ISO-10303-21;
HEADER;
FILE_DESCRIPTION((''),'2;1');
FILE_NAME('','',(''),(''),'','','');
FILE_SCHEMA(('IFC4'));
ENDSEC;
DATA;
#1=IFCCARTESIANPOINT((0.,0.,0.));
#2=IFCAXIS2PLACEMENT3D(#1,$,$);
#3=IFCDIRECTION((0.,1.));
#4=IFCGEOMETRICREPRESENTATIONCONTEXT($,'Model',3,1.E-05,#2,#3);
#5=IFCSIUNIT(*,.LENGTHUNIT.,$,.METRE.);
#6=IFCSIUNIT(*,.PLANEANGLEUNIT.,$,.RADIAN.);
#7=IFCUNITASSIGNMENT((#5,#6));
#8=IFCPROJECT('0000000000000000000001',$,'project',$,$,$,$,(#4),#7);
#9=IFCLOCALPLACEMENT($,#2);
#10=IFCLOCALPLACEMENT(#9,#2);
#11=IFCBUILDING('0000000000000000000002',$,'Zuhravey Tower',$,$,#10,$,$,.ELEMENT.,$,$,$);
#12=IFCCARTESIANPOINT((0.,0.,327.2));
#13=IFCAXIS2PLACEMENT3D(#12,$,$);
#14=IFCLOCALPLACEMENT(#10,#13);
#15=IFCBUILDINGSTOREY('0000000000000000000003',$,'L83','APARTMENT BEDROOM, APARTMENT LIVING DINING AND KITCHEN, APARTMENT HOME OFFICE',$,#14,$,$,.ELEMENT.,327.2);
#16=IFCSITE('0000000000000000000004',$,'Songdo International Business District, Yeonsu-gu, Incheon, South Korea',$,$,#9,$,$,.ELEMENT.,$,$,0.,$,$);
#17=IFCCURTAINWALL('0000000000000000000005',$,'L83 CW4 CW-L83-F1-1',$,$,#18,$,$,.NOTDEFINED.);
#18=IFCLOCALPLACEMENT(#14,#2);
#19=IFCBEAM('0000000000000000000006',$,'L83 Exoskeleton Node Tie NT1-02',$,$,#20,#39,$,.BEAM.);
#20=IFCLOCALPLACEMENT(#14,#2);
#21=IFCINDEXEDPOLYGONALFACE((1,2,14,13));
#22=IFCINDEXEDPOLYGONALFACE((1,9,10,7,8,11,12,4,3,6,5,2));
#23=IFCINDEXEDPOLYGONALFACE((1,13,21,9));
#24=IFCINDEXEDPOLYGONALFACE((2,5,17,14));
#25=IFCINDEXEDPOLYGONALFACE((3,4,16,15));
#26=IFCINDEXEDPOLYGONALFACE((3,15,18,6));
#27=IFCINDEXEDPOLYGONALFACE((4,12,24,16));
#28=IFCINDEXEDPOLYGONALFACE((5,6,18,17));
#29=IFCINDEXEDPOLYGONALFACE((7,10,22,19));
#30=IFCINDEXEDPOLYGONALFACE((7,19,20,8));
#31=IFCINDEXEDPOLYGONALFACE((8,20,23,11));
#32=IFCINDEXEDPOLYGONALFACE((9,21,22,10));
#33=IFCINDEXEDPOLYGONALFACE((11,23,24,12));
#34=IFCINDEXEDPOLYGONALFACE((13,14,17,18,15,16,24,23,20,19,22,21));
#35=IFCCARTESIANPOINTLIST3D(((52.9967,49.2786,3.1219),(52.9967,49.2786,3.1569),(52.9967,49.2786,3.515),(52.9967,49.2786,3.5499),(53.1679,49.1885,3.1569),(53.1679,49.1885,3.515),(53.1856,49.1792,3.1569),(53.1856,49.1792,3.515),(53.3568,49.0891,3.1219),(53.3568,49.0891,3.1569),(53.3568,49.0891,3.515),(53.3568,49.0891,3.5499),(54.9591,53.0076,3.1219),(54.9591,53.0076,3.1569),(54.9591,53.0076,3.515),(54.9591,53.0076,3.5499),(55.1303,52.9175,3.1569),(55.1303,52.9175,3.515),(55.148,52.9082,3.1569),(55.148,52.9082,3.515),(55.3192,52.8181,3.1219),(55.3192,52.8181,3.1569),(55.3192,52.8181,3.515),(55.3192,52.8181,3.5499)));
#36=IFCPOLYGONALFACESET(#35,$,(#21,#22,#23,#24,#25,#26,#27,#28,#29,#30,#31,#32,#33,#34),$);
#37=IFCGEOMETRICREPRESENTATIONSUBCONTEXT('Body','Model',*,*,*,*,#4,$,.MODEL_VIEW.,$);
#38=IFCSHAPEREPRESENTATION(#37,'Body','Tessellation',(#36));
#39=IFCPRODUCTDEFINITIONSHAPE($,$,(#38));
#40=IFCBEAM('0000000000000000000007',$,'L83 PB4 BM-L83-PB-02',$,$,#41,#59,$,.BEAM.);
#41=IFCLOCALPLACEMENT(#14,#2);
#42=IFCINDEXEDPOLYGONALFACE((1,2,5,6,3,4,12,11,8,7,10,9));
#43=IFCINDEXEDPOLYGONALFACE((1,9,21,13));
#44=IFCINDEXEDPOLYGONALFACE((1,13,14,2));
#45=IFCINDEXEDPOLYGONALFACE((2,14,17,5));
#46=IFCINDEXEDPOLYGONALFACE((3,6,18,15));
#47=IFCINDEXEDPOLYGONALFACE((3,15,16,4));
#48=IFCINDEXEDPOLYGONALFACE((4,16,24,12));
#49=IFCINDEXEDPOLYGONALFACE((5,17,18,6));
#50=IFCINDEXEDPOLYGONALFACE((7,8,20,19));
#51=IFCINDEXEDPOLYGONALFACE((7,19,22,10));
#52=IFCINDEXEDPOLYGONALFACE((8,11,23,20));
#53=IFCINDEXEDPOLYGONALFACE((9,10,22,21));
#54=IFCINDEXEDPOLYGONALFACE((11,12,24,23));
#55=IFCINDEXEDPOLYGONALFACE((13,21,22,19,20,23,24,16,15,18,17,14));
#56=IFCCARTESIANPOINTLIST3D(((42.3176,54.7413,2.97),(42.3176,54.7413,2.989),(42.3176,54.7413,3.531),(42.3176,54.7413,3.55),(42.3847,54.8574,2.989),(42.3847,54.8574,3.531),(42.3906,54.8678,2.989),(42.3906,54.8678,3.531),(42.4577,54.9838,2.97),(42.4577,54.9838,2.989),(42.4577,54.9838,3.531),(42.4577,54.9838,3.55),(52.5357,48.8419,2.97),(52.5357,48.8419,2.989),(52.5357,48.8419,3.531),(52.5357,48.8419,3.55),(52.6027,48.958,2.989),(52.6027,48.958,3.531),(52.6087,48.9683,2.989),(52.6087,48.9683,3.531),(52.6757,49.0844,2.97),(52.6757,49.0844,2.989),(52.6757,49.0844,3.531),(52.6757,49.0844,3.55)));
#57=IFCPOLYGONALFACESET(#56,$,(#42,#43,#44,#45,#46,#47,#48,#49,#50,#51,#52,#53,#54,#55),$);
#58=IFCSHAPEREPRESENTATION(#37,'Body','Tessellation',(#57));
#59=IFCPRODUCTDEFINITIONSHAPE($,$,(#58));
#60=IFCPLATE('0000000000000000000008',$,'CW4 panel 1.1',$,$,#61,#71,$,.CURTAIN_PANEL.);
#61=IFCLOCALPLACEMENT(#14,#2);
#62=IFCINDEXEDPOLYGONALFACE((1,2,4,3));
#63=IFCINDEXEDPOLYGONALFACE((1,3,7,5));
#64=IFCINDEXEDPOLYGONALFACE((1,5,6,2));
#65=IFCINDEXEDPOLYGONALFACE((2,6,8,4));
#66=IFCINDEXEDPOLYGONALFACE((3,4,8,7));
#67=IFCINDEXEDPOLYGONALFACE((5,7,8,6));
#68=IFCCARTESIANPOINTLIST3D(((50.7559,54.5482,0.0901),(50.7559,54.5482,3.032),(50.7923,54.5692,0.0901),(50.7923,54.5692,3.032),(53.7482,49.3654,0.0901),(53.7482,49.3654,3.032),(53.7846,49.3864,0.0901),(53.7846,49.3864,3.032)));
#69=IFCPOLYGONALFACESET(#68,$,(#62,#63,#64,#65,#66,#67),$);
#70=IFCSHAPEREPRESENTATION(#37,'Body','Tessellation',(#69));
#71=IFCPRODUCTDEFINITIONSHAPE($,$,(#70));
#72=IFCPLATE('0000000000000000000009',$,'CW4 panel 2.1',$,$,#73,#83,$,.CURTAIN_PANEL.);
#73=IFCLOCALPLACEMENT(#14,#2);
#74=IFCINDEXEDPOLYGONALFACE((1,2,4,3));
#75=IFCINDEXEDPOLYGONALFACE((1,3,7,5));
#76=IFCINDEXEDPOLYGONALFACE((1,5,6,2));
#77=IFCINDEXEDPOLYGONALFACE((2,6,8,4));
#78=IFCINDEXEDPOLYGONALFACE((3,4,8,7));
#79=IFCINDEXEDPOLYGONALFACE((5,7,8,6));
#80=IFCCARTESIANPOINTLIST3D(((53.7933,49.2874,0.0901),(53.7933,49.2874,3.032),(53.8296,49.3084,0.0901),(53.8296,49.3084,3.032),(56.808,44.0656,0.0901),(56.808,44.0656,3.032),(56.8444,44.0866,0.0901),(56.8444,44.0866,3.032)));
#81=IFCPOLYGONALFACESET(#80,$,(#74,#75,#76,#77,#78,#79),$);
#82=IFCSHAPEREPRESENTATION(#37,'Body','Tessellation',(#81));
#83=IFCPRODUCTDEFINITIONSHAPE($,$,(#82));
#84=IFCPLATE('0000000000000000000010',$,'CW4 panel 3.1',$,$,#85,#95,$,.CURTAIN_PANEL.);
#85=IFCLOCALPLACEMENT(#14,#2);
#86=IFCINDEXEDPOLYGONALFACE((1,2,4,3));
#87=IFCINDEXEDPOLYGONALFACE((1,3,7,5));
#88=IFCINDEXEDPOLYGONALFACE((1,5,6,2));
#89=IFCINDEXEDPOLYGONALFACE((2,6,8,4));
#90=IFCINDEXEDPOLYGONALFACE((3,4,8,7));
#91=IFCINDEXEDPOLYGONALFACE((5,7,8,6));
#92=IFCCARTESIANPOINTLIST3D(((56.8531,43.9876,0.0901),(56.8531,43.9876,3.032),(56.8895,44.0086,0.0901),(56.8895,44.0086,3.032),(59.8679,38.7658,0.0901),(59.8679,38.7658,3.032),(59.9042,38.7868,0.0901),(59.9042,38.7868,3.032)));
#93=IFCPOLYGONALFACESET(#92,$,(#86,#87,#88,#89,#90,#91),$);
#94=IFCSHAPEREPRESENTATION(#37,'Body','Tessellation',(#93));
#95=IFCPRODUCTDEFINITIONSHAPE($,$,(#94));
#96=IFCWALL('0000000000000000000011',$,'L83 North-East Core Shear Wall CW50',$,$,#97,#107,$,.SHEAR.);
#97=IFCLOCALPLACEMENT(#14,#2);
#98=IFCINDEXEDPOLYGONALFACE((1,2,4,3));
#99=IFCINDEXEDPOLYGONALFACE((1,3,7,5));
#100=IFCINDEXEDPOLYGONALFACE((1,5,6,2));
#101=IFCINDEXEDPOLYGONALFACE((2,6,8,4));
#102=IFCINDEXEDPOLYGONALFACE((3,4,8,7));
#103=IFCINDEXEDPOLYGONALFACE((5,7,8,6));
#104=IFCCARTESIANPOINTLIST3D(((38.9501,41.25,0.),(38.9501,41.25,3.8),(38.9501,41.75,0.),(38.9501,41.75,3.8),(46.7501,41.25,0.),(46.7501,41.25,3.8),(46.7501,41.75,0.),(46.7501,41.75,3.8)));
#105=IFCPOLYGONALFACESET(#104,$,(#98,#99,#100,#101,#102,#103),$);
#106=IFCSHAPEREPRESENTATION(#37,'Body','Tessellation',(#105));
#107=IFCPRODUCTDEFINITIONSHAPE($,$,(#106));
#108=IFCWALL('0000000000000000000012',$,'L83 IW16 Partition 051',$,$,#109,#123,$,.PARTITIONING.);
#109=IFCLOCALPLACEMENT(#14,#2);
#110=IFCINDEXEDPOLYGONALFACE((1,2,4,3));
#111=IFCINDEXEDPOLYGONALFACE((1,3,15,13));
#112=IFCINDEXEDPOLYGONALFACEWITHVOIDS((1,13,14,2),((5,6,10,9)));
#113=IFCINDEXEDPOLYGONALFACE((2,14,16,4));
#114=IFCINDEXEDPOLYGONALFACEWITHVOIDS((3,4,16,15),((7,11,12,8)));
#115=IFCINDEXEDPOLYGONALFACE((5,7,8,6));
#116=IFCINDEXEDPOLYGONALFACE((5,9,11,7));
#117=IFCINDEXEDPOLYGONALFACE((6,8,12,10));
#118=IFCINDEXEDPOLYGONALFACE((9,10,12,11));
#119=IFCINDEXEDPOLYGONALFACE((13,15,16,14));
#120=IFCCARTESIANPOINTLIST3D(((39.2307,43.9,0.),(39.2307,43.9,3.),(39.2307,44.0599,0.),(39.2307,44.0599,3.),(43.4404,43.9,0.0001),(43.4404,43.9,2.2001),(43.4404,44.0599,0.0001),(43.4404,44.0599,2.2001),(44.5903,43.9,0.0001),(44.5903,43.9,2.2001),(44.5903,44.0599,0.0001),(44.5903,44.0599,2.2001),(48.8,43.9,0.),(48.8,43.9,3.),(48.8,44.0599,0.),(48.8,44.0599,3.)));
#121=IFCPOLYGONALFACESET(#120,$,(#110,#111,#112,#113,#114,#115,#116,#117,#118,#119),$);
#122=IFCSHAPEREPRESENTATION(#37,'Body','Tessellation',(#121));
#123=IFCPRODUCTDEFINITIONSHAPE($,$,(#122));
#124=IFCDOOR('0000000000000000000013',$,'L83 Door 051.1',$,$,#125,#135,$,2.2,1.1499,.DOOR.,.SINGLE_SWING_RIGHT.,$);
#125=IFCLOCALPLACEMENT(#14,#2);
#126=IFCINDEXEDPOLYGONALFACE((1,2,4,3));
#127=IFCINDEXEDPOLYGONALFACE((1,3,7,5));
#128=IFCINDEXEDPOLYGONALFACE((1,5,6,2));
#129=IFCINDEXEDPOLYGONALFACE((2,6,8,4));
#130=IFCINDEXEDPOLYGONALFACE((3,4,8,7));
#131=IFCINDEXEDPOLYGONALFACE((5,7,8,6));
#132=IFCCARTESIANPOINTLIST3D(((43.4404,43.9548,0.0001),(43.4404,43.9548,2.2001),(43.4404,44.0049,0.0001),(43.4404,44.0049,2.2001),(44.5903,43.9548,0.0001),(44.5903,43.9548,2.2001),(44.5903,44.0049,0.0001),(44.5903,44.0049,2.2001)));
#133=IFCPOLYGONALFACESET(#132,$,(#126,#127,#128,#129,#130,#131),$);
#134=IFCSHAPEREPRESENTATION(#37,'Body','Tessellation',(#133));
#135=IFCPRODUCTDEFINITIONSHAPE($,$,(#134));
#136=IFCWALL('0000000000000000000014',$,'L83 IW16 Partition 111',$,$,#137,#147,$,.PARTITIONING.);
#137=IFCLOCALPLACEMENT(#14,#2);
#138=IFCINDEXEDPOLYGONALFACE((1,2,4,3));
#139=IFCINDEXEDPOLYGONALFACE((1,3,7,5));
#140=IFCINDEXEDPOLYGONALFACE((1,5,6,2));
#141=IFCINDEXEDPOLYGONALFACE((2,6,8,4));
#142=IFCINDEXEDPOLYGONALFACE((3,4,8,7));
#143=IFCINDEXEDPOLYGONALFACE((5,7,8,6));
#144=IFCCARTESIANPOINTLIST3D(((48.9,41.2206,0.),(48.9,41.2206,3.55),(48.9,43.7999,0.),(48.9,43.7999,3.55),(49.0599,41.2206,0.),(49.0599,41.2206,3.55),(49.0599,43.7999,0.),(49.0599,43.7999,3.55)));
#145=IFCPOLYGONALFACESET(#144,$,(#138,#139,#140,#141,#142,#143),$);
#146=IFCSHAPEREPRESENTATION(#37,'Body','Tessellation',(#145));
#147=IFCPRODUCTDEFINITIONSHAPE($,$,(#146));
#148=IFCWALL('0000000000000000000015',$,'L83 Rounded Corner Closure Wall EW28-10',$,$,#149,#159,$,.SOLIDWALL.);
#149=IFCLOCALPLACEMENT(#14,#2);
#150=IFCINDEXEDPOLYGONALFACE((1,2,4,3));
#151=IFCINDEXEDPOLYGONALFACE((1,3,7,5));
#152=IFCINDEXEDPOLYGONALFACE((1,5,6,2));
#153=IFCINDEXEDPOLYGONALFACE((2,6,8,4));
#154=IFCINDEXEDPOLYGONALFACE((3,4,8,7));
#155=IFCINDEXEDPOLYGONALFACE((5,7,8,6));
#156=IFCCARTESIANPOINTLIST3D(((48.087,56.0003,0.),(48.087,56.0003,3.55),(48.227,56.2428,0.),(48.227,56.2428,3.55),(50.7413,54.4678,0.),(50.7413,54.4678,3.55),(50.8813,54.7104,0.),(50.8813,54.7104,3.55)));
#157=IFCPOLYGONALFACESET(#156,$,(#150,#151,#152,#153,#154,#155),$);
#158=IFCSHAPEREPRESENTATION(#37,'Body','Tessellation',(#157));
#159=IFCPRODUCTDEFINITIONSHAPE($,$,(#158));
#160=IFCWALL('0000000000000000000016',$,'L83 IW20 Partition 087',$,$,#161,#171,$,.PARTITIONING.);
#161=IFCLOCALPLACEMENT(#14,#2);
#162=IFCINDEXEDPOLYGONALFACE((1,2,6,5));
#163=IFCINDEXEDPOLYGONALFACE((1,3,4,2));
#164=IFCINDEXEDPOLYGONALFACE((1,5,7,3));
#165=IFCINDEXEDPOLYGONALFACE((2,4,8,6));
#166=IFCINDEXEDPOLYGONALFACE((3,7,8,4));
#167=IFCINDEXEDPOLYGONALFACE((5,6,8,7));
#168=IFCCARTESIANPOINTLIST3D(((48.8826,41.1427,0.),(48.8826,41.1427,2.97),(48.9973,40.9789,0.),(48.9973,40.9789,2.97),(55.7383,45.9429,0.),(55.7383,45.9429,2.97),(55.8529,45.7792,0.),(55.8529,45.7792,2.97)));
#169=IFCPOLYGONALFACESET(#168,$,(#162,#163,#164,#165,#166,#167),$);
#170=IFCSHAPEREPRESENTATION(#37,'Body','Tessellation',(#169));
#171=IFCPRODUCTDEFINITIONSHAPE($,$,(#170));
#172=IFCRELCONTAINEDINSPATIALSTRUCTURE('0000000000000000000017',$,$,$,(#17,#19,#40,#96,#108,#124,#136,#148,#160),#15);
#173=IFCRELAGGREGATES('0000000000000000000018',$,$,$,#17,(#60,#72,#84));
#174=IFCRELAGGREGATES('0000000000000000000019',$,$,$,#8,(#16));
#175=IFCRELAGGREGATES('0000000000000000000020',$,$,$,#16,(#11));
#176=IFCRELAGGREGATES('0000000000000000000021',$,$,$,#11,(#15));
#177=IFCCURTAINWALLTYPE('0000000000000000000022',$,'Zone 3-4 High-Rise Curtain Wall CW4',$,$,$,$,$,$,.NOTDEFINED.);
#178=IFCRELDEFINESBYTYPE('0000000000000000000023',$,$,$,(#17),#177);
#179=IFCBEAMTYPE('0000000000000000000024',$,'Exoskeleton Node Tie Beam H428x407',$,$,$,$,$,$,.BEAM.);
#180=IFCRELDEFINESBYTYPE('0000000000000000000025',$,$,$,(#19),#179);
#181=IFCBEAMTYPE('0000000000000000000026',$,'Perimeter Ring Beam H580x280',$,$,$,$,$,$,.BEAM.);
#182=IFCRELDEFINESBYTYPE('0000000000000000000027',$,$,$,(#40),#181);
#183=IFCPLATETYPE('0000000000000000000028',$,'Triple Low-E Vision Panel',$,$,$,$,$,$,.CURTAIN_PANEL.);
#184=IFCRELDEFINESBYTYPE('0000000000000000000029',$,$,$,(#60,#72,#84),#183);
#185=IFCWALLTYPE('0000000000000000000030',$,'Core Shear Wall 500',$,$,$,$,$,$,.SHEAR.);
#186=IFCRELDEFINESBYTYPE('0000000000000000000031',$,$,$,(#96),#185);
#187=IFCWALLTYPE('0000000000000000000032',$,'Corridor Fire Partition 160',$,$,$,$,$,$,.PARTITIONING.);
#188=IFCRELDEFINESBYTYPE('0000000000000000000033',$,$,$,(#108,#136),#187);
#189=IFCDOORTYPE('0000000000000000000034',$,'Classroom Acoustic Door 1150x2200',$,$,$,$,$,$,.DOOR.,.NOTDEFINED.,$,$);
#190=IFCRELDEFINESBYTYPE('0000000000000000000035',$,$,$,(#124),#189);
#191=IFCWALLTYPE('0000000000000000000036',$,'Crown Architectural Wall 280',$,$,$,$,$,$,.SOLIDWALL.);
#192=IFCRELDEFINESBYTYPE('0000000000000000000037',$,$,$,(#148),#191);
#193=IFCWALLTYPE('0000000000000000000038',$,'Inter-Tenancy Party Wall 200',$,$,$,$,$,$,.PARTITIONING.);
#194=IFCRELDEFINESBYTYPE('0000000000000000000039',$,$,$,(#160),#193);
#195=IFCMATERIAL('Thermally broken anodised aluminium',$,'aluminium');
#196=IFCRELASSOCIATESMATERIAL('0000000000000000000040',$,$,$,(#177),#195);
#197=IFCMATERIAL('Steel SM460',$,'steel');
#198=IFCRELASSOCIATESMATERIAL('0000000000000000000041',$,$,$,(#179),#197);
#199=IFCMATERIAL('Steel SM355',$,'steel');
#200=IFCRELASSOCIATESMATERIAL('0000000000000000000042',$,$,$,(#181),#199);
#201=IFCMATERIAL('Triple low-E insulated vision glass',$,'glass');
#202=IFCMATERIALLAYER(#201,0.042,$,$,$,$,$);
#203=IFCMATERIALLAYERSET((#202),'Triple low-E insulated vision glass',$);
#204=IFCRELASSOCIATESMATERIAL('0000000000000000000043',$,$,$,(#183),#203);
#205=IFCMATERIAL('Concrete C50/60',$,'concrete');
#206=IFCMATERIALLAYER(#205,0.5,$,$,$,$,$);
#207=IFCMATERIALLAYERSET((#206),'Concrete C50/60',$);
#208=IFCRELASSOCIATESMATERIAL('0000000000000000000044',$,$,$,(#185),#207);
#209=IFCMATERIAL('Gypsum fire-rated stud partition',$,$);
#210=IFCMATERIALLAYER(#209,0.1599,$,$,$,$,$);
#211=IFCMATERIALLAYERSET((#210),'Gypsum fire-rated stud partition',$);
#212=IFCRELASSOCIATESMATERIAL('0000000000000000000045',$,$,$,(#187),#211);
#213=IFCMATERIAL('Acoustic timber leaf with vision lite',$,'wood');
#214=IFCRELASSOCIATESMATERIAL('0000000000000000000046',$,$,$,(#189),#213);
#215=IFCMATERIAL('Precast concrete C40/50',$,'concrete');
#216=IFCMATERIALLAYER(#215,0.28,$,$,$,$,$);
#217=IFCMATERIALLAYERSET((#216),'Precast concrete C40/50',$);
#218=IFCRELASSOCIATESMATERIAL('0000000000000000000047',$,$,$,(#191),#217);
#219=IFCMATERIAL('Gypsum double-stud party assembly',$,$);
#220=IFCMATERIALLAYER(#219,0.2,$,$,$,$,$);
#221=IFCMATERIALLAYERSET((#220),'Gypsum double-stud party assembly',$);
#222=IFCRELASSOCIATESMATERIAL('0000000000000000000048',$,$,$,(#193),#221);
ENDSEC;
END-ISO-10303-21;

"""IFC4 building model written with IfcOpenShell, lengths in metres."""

from ifc_helpers import new_model, si_unit, direction, frame, frame_2d, origin, origin_2d, place, context, subcontext, project, spatial, rectangle, i_section, extrude, material, layer, layer_set, material_profile, profile_set, type_object, element, fill, aggregate, save


model = new_model("IFC4")

# Units and contexts
model_context = context("Model", 3, precision=1e-05, world=origin(), true_north=direction((0.0, 1.0)))
body_context = subcontext(model_context, "Body", "Model", "MODEL_VIEW")
ifc_project = project(units=[si_unit("LENGTHUNIT", "METRE"), si_unit("PLANEANGLEUNIT", "RADIAN")], contexts=[model_context])

# Site, building, storey
site_placement = place(None, origin())
site = spatial("IfcSite", under=ifc_project, at=site_placement, Name="Songdo International Business District, Yeonsu-gu, Incheon, South Korea", CompositionType="ELEMENT", RefElevation=0.0)
building_placement = place(site_placement, origin())
building = spatial("IfcBuilding", under=site, at=building_placement, Name="Zuhravey Tower", CompositionType="ELEMENT")
storey_placement = place(building_placement, frame((0.0, 0.0, 327.2)))
storey = spatial("IfcBuildingStorey", under=building, at=storey_placement, Name="L83", Description="APARTMENT BEDROOM, APARTMENT LIVING DINING AND KITCHEN, APARTMENT HOME OFFICE", CompositionType="ELEMENT", Elevation=327.2)

# Shared definitions
ifc_material_1 = material(Name="Concrete C50/60", Category="concrete")

# Shared definitions
ifc_material_2 = material(Name="Thermally broken anodised aluminium", Category="aluminium")
curtain_wall_type = type_object("IfcCurtainWallType", Name="Zone 3-4 High-Rise Curtain Wall CW4", PredefinedType="NOTDEFINED", material=ifc_material_2)

# Curtain wall
curtain_wall_1_placement = place(storey_placement, origin())
curtain_wall_1 = element("IfcCurtainWall", 1, at=curtain_wall_1_placement, inside=storey, type_object=curtain_wall_type, Name="L83 CW4 CW-L83-F1-1", PredefinedType="NOTDEFINED")

# Beams
ifc_material_3 = material(Name="Steel SM460", Category="steel")
ifc_material_profile_1 = material_profile(ifc_material_3, i_section(OverallWidth=0.407, OverallDepth=0.428, WebThickness=0.02, FlangeThickness=0.0349, at=origin_2d()), Name="H-428x407x20x35")
ifc_profile_set_1 = profile_set([ifc_material_profile_1], Name="Steel SM460")
beam_type_1 = type_object("IfcBeamType", Name="Exoskeleton Node Tie Beam H428x407", PredefinedType="BEAM", material=ifc_profile_set_1)
beam_1_placement = place(storey_placement, frame((53.1768, 49.1838, 3.3359), z_axis=(0.465703, 0.884941, 0.0), x_axis=(-0.884941, 0.465703, 0.0)))
element("IfcBeam", 2, at=beam_1_placement, inside=storey, type_object=beam_type_1, Name="L83 Exoskeleton Node Tie NT1-02", PredefinedType="BEAM", context=body_context, shape_type="SweptSolid", body=[
    extrude(i_section(OverallWidth=0.407, OverallDepth=0.428, WebThickness=0.02, FlangeThickness=0.0349, at=origin_2d()), origin(), (0.0, 0.0, 1.0), 4.2139),
])
ifc_material_4 = material(Name="Steel SM355", Category="steel")
ifc_material_profile_2 = material_profile(ifc_material_4, i_section(OverallWidth=0.28, OverallDepth=0.5801, WebThickness=0.012, FlangeThickness=0.019, at=origin_2d()), Name="H-580x280x12x19")
ifc_profile_set_2 = profile_set([ifc_material_profile_2], Name="Steel SM355")
beam_type_2 = type_object("IfcBeamType", Name="Perimeter Ring Beam H580x280", PredefinedType="BEAM", material=ifc_profile_set_2)
beam_2_placement = place(storey_placement, frame((52.6057, 48.9631, 3.26), z_axis=(-0.866024, 0.500002, 0.0), x_axis=(-0.500002, -0.866024, 0.0)))
element("IfcBeam", 3, at=beam_2_placement, inside=storey, type_object=beam_type_2, Name="L83 PB4 BM-L83-PB-02", PredefinedType="BEAM", context=body_context, shape_type="SweptSolid", body=[
    extrude(i_section(OverallWidth=0.28, OverallDepth=0.5801, WebThickness=0.012, FlangeThickness=0.019, at=origin_2d()), origin(), (0.0, 0.0, 1.0), 11.7988),
])

# Plates
ifc_material_5 = material(Name="Triple low-E insulated vision glass", Category="glass")
ifc_layer_1 = layer(ifc_material_5, 0.042)
ifc_layer_set_1 = layer_set([ifc_layer_1], Name="Triple low-E insulated vision glass")
plate_type = type_object("IfcPlateType", Name="Triple Low-E Vision Panel", PredefinedType="CURTAIN_PANEL", material=ifc_layer_set_1)
plate_1_placement = place(storey_placement, frame((52.2703, 51.9673, 0.0901), z_axis=(0.0, 0.0, 1.0), x_axis=(0.5, -0.866026, 0.0)))
plate_1 = element("IfcPlate", 4, at=plate_1_placement, type_object=plate_type, Name="CW4 panel 1.1", PredefinedType="CURTAIN_PANEL", context=body_context, shape_type="SweptSolid", body=[
    extrude(rectangle(XDim=5.9846, YDim=0.042, at=origin_2d()), origin(), (0.0, 0.0, 1.0), 2.9419),
])
plate_2_placement = place(storey_placement, frame((55.3188, 46.687, 0.0901), z_axis=(0.0, 0.0, 1.0), x_axis=(0.5, -0.866026, 0.0)))
plate_2 = element("IfcPlate", 5, at=plate_2_placement, type_object=plate_type, Name="CW4 panel 2.1", PredefinedType="CURTAIN_PANEL", context=body_context, shape_type="SweptSolid", body=[
    extrude(rectangle(XDim=6.0295, YDim=0.042, at=origin_2d()), origin(), (0.0, 0.0, 1.0), 2.9419),
])
plate_3_placement = place(storey_placement, frame((58.3787, 41.3872, 0.0901), z_axis=(0.0, 0.0, 1.0), x_axis=(0.5, -0.866026, 0.0)))
plate_3 = element("IfcPlate", 6, at=plate_3_placement, type_object=plate_type, Name="CW4 panel 3.1", PredefinedType="CURTAIN_PANEL", context=body_context, shape_type="SweptSolid", body=[
    extrude(rectangle(XDim=6.0295, YDim=0.042, at=origin_2d()), origin(), (0.0, 0.0, 1.0), 2.9419),
])
aggregate(curtain_wall_1, [plate_1, plate_2, plate_3])

# Wall
ifc_layer_2 = layer(ifc_material_1, 0.5)
ifc_layer_set_2 = layer_set([ifc_layer_2], Name="Concrete C50/60")
wall_type_1 = type_object("IfcWallType", Name="Core Shear Wall 500", PredefinedType="SHEAR", material=ifc_layer_set_2)
wall_1_placement = place(storey_placement, frame((46.75, 41.5, 0.0), z_axis=(0.0, 0.0, 1.0), x_axis=(-1.0, 0.0, 0.0)))
element("IfcWall", 7, at=wall_1_placement, inside=storey, type_object=wall_type_1, Name="L83 North-East Core Shear Wall CW50", PredefinedType="SHEAR", context=body_context, shape_type="SweptSolid", body=[
    extrude(rectangle(XDim=7.8, YDim=0.5, at=frame_2d((3.8999, 0.0))), origin(), (0.0, 0.0, 1.0), 3.8),
])

# Wall, opening, door
ifc_material_6 = material(Name="Gypsum fire-rated stud partition")
ifc_layer_3 = layer(ifc_material_6, 0.1599)
ifc_layer_set_3 = layer_set([ifc_layer_3], Name="Gypsum fire-rated stud partition")
wall_type_2 = type_object("IfcWallType", Name="Corridor Fire Partition 160", PredefinedType="PARTITIONING", material=ifc_layer_set_3)
wall_2_placement = place(storey_placement, frame((48.8, 43.98, 0.0), z_axis=(0.0, 0.0, 1.0), x_axis=(-1.0, 0.0, 0.0)))
wall_2 = element("IfcWall", 8, at=wall_2_placement, inside=storey, type_object=wall_type_2, Name="L83 IW16 Partition 051", PredefinedType="PARTITIONING", context=body_context, shape_type="SweptSolid", body=[
    extrude(rectangle(XDim=9.5693, YDim=0.1599, at=frame_2d((4.7847, 0.0))), origin(), (0.0, 0.0, 1.0), 3.0),
])
opening_placement = place(wall_2_placement, frame((4.2097, 0.0, 0.0)))
opening = element("IfcOpeningElement", 9, at=opening_placement, cuts=wall_2, PredefinedType="OPENING", context=body_context, shape_type="SweptSolid", body=[
    extrude(rectangle(XDim=1.1499, YDim=2.2, at=frame_2d((0.575, 1.1001))), frame((0.0, 0.092, 0.0), z_axis=(0.0, -1.0, 0.0), x_axis=(1.0, 0.0, 0.0)), (0.0, 0.0, 1.0), 0.1838),
])
ifc_material_7 = material(Name="Acoustic timber leaf with vision lite", Category="wood")
door_type = type_object("IfcDoorType", Name="Classroom Acoustic Door 1150x2200", OperationType="NOTDEFINED", PredefinedType="DOOR", material=ifc_material_7)
door_placement = place(opening_placement, frame((1.1499, 0.0, 0.0), z_axis=(0.0, 0.0, 1.0), x_axis=(-1.0, 0.0, 0.0)))
door = element("IfcDoor", 10, at=door_placement, inside=storey, type_object=door_type, Name="L83 Door 051.1", OperationType="SINGLE_SWING_RIGHT", OverallHeight=2.2, OverallWidth=1.1499, PredefinedType="DOOR", context=body_context, shape_type="SweptSolid", body=[
    extrude(rectangle(XDim=1.1499, YDim=2.2, at=frame_2d((0.575, 1.1001))), frame((0.0, 0.0249, 0.0), z_axis=(0.0, -1.0, 0.0), x_axis=(1.0, 0.0, 0.0)), (0.0, 0.0, 1.0), 0.05),
])
fill(opening, door)

# Walls
wall_3_placement = place(storey_placement, frame((48.98, 41.2207, 0.0), z_axis=(0.0, 0.0, 1.0), x_axis=(0.0, 1.0, 0.0)))
element("IfcWall", 11, at=wall_3_placement, inside=storey, type_object=wall_type_2, Name="L83 IW16 Partition 111", PredefinedType="PARTITIONING", context=body_context, shape_type="SweptSolid", body=[
    extrude(rectangle(XDim=2.5793, YDim=0.1599, at=frame_2d((1.2896, 0.0))), origin(), (0.0, 0.0, 1.0), 3.55),
])
ifc_material_8 = material(Name="Precast concrete C40/50", Category="concrete")
ifc_layer_4 = layer(ifc_material_8, 0.28)
ifc_layer_set_4 = layer_set([ifc_layer_4], Name="Precast concrete C40/50")
wall_type_3 = type_object("IfcWallType", Name="Crown Architectural Wall 280", PredefinedType="SOLIDWALL", material=ifc_layer_set_4)
wall_4_placement = place(storey_placement, frame((48.157, 56.1216, 0.0), z_axis=(0.0, 0.0, 1.0), x_axis=(0.866024, -0.500003, 0.0)))
element("IfcWall", 12, at=wall_4_placement, inside=storey, type_object=wall_type_3, Name="L83 Rounded Corner Closure Wall EW28-10", PredefinedType="SOLIDWALL", context=body_context, shape_type="SweptSolid", body=[
    extrude(rectangle(XDim=3.0649, YDim=0.28, at=frame_2d((1.5325, 0.0))), origin(), (0.0, 0.0, 1.0), 3.55),
])
ifc_material_9 = material(Name="Gypsum double-stud party assembly")
ifc_layer_5 = layer(ifc_material_9, 0.2)
ifc_layer_set_5 = layer_set([ifc_layer_5], Name="Gypsum double-stud party assembly")
wall_type_4 = type_object("IfcWallType", Name="Inter-Tenancy Party Wall 200", PredefinedType="PARTITIONING", material=ifc_layer_set_5)
wall_5_placement = place(storey_placement, frame((48.9399, 41.0608, 0.0), z_axis=(0.0, 0.0, 1.0), x_axis=(0.819159, 0.573566, 0.0)))
element("IfcWall", 13, at=wall_5_placement, inside=storey, type_object=wall_type_4, Name="L83 IW20 Partition 087", PredefinedType="PARTITIONING", context=body_context, shape_type="SweptSolid", body=[
    extrude(rectangle(XDim=8.3691, YDim=0.2, at=frame_2d((4.1846, 0.0))), origin(), (0.0, 0.0, 1.0), 2.97),
])

save(model, "model.ifc")
